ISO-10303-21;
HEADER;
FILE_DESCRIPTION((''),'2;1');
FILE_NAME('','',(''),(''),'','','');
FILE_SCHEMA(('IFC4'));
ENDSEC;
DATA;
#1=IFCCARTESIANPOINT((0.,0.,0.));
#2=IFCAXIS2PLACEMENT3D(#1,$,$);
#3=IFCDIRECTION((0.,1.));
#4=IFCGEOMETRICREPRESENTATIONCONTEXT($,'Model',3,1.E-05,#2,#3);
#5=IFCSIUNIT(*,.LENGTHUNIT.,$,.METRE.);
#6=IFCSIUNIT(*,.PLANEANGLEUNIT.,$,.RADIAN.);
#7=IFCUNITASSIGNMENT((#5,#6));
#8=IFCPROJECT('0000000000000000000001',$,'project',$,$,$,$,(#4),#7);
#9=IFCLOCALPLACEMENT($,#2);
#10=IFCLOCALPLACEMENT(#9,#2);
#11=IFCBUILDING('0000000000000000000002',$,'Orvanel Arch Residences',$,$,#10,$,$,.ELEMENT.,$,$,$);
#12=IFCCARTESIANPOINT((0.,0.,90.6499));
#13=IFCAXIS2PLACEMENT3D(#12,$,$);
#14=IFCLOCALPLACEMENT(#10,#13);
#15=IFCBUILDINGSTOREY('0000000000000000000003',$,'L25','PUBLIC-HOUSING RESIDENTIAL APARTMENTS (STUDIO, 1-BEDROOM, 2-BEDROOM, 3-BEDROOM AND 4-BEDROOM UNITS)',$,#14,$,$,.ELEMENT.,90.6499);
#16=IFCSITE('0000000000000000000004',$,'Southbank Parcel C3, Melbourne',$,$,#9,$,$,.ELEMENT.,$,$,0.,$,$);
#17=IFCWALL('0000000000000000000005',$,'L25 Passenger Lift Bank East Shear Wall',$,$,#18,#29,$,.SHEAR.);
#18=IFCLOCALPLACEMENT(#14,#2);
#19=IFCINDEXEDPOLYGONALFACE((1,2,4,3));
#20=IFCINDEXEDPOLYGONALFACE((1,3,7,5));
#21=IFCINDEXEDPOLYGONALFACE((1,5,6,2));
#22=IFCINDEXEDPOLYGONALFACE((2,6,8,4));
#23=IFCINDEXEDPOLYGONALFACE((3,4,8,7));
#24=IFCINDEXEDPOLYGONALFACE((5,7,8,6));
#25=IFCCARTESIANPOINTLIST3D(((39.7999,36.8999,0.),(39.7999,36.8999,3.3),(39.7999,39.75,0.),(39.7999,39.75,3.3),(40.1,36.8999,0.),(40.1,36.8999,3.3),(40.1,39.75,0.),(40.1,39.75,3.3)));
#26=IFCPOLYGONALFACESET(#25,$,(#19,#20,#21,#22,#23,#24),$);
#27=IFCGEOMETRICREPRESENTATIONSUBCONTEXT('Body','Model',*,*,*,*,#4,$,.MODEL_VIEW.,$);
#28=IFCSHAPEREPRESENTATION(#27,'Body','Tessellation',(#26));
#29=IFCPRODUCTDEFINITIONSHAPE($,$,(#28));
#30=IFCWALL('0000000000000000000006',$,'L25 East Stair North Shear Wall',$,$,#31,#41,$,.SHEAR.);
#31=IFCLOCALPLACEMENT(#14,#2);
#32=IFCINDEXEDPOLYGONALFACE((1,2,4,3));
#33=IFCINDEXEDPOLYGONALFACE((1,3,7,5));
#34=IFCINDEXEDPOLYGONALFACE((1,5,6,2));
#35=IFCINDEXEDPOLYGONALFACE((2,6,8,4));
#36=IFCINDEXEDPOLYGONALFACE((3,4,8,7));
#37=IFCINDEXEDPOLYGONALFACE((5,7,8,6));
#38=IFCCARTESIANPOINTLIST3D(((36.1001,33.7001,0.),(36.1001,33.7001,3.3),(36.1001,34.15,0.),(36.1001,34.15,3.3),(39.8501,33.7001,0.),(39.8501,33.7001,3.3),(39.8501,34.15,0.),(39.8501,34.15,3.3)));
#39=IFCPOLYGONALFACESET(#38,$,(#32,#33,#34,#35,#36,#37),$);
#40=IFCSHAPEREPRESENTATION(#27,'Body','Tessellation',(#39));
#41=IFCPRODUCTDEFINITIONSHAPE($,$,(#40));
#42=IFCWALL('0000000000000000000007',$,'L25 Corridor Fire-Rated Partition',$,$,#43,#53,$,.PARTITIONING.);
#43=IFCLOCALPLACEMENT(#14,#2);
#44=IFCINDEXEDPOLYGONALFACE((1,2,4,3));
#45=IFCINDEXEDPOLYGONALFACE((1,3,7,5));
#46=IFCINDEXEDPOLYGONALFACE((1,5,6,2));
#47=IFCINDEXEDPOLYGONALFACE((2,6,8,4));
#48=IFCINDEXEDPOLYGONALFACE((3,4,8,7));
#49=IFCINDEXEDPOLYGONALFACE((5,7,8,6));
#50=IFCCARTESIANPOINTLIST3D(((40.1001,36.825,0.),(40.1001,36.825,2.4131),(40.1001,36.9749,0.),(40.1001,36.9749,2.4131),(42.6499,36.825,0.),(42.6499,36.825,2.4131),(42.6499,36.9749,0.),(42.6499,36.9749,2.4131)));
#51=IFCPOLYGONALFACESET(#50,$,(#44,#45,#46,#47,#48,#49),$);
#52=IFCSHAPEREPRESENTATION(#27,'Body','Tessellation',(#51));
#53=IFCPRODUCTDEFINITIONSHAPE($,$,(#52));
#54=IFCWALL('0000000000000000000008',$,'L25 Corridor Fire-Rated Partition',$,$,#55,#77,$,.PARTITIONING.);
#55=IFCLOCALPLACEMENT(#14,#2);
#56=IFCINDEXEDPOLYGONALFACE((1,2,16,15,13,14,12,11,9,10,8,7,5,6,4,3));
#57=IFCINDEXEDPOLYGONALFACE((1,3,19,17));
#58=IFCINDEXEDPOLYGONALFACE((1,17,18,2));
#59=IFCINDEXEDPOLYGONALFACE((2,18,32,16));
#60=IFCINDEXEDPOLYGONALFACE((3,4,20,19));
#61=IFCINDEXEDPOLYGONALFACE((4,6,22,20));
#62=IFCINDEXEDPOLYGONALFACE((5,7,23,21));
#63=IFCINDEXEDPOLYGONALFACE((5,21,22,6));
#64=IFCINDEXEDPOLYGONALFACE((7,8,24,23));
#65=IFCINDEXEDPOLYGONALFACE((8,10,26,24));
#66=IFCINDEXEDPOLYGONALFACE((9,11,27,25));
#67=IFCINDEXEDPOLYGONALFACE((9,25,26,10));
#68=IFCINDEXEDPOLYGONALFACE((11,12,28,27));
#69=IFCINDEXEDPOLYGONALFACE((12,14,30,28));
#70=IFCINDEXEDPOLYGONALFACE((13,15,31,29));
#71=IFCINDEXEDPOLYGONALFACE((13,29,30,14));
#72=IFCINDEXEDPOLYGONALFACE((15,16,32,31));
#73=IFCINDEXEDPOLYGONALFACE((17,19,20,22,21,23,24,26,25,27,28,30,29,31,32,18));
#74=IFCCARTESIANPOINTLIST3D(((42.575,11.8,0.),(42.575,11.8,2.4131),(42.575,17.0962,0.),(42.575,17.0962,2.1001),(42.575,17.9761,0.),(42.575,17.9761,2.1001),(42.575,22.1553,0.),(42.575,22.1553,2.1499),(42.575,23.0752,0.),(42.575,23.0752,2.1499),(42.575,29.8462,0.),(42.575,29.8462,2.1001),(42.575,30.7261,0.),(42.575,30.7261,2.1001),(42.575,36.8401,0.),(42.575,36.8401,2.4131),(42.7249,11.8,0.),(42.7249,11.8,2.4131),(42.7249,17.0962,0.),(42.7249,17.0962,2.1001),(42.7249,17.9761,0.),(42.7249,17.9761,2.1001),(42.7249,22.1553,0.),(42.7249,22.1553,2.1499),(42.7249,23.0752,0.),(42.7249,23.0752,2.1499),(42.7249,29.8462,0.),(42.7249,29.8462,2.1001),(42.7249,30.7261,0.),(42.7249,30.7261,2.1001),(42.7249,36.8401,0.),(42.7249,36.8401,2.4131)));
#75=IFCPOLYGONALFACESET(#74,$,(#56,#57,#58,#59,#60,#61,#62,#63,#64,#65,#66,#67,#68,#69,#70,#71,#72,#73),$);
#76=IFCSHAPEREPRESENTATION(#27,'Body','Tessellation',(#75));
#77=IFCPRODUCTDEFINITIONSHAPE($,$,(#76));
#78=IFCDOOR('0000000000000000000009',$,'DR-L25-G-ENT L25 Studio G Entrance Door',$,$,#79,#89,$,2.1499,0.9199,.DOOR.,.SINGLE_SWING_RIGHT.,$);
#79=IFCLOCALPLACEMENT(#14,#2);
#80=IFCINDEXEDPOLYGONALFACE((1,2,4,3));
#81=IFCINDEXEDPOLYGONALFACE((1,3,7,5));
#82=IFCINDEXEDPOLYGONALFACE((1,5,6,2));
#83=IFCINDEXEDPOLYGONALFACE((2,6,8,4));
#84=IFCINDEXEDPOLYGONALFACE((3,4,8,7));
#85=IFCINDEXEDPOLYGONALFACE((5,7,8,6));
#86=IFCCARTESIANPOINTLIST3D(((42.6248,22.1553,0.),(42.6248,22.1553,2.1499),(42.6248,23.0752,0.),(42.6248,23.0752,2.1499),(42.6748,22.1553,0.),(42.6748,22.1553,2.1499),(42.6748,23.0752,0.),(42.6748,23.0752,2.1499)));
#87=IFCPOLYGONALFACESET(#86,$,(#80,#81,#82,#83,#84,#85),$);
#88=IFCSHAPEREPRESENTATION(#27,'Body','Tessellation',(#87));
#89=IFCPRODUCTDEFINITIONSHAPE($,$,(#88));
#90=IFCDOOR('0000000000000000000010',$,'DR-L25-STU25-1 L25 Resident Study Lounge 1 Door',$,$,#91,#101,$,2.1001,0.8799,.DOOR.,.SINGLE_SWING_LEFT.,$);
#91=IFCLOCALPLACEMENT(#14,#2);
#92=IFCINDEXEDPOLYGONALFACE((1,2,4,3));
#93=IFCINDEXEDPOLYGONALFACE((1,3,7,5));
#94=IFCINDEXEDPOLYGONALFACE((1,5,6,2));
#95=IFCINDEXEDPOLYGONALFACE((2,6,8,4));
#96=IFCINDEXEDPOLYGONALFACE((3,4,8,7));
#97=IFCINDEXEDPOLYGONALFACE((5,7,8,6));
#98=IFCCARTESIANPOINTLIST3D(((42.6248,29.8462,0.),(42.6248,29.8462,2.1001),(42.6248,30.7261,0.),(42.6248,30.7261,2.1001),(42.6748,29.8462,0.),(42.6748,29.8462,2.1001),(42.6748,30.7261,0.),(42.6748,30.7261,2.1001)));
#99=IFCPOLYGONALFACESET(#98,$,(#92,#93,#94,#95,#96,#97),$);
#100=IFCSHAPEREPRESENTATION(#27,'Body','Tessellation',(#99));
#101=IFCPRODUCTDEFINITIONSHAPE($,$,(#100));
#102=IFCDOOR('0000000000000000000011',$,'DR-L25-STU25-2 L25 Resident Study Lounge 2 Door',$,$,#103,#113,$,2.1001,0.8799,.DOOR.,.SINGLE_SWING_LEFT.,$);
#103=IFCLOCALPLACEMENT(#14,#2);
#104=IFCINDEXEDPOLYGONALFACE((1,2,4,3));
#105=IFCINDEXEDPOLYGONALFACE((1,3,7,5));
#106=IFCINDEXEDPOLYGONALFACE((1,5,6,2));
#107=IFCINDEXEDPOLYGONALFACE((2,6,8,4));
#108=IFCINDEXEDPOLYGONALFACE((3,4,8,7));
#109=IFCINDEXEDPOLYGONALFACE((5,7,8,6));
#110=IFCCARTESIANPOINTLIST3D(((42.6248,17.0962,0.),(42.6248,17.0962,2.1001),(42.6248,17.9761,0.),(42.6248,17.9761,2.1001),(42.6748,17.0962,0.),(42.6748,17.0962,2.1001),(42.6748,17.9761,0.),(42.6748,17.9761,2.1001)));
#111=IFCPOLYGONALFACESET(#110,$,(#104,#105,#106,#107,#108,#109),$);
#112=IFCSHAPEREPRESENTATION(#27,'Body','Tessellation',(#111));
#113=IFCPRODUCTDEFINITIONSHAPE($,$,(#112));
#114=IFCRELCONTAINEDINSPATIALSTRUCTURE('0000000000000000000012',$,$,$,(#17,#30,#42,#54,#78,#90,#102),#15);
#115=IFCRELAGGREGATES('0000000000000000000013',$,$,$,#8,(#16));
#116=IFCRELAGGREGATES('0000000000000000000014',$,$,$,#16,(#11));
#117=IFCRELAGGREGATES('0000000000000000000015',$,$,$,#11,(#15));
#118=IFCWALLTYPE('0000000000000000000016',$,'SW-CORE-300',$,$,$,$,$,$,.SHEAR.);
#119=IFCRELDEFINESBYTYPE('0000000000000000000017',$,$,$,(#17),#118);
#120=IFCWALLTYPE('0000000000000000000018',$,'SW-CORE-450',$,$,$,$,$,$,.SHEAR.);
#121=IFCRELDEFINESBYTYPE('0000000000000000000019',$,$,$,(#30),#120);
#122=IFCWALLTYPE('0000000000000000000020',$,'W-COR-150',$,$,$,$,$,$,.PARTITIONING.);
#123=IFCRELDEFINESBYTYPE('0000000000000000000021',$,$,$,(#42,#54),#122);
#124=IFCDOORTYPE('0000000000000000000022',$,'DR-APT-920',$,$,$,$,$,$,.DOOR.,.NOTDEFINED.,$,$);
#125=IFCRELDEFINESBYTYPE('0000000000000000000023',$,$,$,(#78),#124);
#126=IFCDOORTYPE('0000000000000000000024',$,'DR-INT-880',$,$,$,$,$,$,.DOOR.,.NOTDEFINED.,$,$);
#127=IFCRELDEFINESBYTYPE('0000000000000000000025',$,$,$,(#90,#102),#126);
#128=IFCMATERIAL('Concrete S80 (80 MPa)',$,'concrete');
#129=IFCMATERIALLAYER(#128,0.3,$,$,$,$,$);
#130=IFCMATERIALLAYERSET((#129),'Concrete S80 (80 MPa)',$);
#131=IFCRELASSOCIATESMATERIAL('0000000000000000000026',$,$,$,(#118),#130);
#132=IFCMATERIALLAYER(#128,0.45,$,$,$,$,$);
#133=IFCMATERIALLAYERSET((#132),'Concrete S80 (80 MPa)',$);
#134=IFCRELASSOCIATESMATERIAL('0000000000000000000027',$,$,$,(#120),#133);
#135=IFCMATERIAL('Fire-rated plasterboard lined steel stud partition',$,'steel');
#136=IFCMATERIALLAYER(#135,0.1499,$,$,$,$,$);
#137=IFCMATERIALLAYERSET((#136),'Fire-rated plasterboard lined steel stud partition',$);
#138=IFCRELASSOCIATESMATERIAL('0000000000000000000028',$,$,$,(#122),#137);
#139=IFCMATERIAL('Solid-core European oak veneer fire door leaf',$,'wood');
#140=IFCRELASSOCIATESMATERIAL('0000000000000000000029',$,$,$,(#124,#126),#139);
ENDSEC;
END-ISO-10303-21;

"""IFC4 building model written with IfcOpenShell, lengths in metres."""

from ifc_helpers import new_model, si_unit, direction, frame, frame_2d, origin, place, context, subcontext, project, spatial, rectangle, extrude, material, layer, layer_set, type_object, element, fill, save


model = new_model("IFC4")

# Units and contexts
model_context = context("Model", 3, precision=1e-05, world=origin(), true_north=direction((0.0, 1.0)))
body_context = subcontext(model_context, "Body", "Model", "MODEL_VIEW")
ifc_project = project(units=[si_unit("LENGTHUNIT", "METRE"), si_unit("PLANEANGLEUNIT", "RADIAN")], contexts=[model_context])

# Site, building, storey
site_placement = place(None, origin())
site = spatial("IfcSite", under=ifc_project, at=site_placement, Name="Southbank Parcel C3, Melbourne", CompositionType="ELEMENT", RefElevation=0.0)
building_placement = place(site_placement, origin())
building = spatial("IfcBuilding", under=site, at=building_placement, Name="Orvanel Arch Residences", CompositionType="ELEMENT")
storey_placement = place(building_placement, frame((0.0, 0.0, 90.6499)))
storey = spatial("IfcBuildingStorey", under=building, at=storey_placement, Name="L25", Description="PUBLIC-HOUSING RESIDENTIAL APARTMENTS (STUDIO, 1-BEDROOM, 2-BEDROOM, 3-BEDROOM AND 4-BEDROOM UNITS)", CompositionType="ELEMENT", Elevation=90.6499)

# Shared definitions
ifc_material_1 = material(Name="Concrete S80 (80 MPa)", Category="concrete")
ifc_layer_1 = layer(ifc_material_1, 0.3)
ifc_layer_set_1 = layer_set([ifc_layer_1], Name="Concrete S80 (80 MPa)")
wall_type_1 = type_object("IfcWallType", Name="SW-CORE-300", PredefinedType="SHEAR", material=ifc_layer_set_1)

# Walls
wall_1_placement = place(storey_placement, frame((39.95, 36.8999, 0.0), z_axis=(0.0, 0.0, 1.0), x_axis=(0.0, 1.0, 0.0)))
element("IfcWall", 1, at=wall_1_placement, inside=storey, type_object=wall_type_1, Name="L25 Passenger Lift Bank East Shear Wall", PredefinedType="SHEAR", context=body_context, shape_type="SweptSolid", body=[
    extrude(rectangle(XDim=2.8501, YDim=0.3, at=frame_2d((1.425, 0.0))), origin(), (0.0, 0.0, 1.0), 3.3),
])
ifc_layer_2 = layer(ifc_material_1, 0.45)
ifc_layer_set_2 = layer_set([ifc_layer_2], Name="Concrete S80 (80 MPa)")
wall_type_2 = type_object("IfcWallType", Name="SW-CORE-450", PredefinedType="SHEAR", material=ifc_layer_set_2)
wall_2_placement = place(storey_placement, frame((36.1001, 33.925, 0.0), z_axis=(0.0, 0.0, 1.0), x_axis=(1.0, 0.0, 0.0)))
element("IfcWall", 2, at=wall_2_placement, inside=storey, type_object=wall_type_2, Name="L25 East Stair North Shear Wall", PredefinedType="SHEAR", context=body_context, shape_type="SweptSolid", body=[
    extrude(rectangle(XDim=3.75, YDim=0.45, at=frame_2d((1.875, 0.0))), origin(), (0.0, 0.0, 1.0), 3.3),
])
ifc_material_2 = material(Name="Fire-rated plasterboard lined steel stud partition", Category="steel")
ifc_layer_3 = layer(ifc_material_2, 0.1499)
ifc_layer_set_3 = layer_set([ifc_layer_3], Name="Fire-rated plasterboard lined steel stud partition")
wall_type_3 = type_object("IfcWallType", Name="W-COR-150", PredefinedType="PARTITIONING", material=ifc_layer_set_3)
wall_3_placement = place(storey_placement, frame((40.1001, 36.8999, 0.0), z_axis=(0.0, 0.0, 1.0), x_axis=(1.0, 0.0, 0.0)))
element("IfcWall", 3, at=wall_3_placement, inside=storey, type_object=wall_type_3, Name="L25 Corridor Fire-Rated Partition", PredefinedType="PARTITIONING", context=body_context, shape_type="SweptSolid", body=[
    extrude(rectangle(XDim=2.5498, YDim=0.1499, at=frame_2d((1.2749, 0.0))), origin(), (0.0, 0.0, 1.0), 2.4131),
])

# Wall, openings, doors
wall_4_placement = place(storey_placement, frame((42.6499, 36.8401, 0.0), z_axis=(0.0, 0.0, 1.0), x_axis=(0.0, -1.0, 0.0)))
wall_4 = element("IfcWall", 4, at=wall_4_placement, inside=storey, type_object=wall_type_3, Name="L25 Corridor Fire-Rated Partition", PredefinedType="PARTITIONING", context=body_context, shape_type="SweptSolid", body=[
    extrude(rectangle(XDim=25.04, YDim=0.1499, at=frame_2d((12.52, 0.0))), origin(), (0.0, 0.0, 1.0), 2.4131),
])
opening_1_placement = place(wall_4_placement, frame((6.114, 0.0, 0.0)))
opening_1 = element("IfcOpeningElement", 5, at=opening_1_placement, cuts=wall_4, PredefinedType="OPENING", context=body_context, shape_type="SweptSolid", body=[
    extrude(rectangle(XDim=0.8799, YDim=2.1001, at=frame_2d((0.4399, 1.05))), frame((0.0, 0.085, 0.0), z_axis=(0.0, -1.0, 0.0), x_axis=(1.0, 0.0, 0.0)), (0.0, 0.0, 1.0), 0.1699),
])
opening_2_placement = place(wall_4_placement, frame((18.864, 0.0, 0.0)))
opening_2 = element("IfcOpeningElement", 6, at=opening_2_placement, cuts=wall_4, PredefinedType="OPENING", context=body_context, shape_type="SweptSolid", body=[
    extrude(rectangle(XDim=0.8799, YDim=2.1001, at=frame_2d((0.4399, 1.05))), frame((0.0, 0.085, 0.0), z_axis=(0.0, -1.0, 0.0), x_axis=(1.0, 0.0, 0.0)), (0.0, 0.0, 1.0), 0.1699),
])
opening_3_placement = place(wall_4_placement, frame((13.7649, 0.0, 0.0)))
opening_3 = element("IfcOpeningElement", 7, at=opening_3_placement, cuts=wall_4, PredefinedType="OPENING", context=body_context, shape_type="SweptSolid", body=[
    extrude(rectangle(XDim=0.9199, YDim=2.1499, at=frame_2d((0.46, 1.075))), frame((0.0, 0.085, 0.0), z_axis=(0.0, -1.0, 0.0), x_axis=(1.0, 0.0, 0.0)), (0.0, 0.0, 1.0), 0.1699),
])
ifc_material_3 = material(Name="Solid-core European oak veneer fire door leaf", Category="wood")
door_type_1 = type_object("IfcDoorType", Name="DR-APT-920", OperationType="NOTDEFINED", PredefinedType="DOOR", material=ifc_material_3)
door_1_placement = place(opening_3_placement, origin())
door_1 = element("IfcDoor", 8, at=door_1_placement, inside=storey, type_object=door_type_1, Name="DR-L25-G-ENT L25 Studio G Entrance Door", OperationType="SINGLE_SWING_RIGHT", OverallHeight=2.1499, OverallWidth=0.9199, PredefinedType="DOOR", context=body_context, shape_type="SweptSolid", body=[
    extrude(rectangle(XDim=0.9199, YDim=2.1499, at=frame_2d((0.46, 1.075))), frame((0.0, 0.0249, 0.0), z_axis=(0.0, -1.0, 0.0), x_axis=(1.0, 0.0, 0.0)), (0.0, 0.0, 1.0), 0.05),
])
fill(opening_3, door_1)
door_type_2 = type_object("IfcDoorType", Name="DR-INT-880", OperationType="NOTDEFINED", PredefinedType="DOOR", material=ifc_material_3)
door_2_placement = place(opening_1_placement, origin())
door_2 = element("IfcDoor", 9, at=door_2_placement, inside=storey, type_object=door_type_2, Name="DR-L25-STU25-1 L25 Resident Study Lounge 1 Door", OperationType="SINGLE_SWING_LEFT", OverallHeight=2.1001, OverallWidth=0.8799, PredefinedType="DOOR", context=body_context, shape_type="SweptSolid", body=[
    extrude(rectangle(XDim=0.8799, YDim=2.1001, at=frame_2d((0.4399, 1.05))), frame((0.0, 0.0249, 0.0), z_axis=(0.0, -1.0, 0.0), x_axis=(1.0, 0.0, 0.0)), (0.0, 0.0, 1.0), 0.05),
])
fill(opening_1, door_2)
door_3_placement = place(opening_2_placement, origin())
door_3 = element("IfcDoor", 10, at=door_3_placement, inside=storey, type_object=door_type_2, Name="DR-L25-STU25-2 L25 Resident Study Lounge 2 Door", OperationType="SINGLE_SWING_LEFT", OverallHeight=2.1001, OverallWidth=0.8799, PredefinedType="DOOR", context=body_context, shape_type="SweptSolid", body=[
    extrude(rectangle(XDim=0.8799, YDim=2.1001, at=frame_2d((0.4399, 1.05))), frame((0.0, 0.0249, 0.0), z_axis=(0.0, -1.0, 0.0), x_axis=(1.0, 0.0, 0.0)), (0.0, 0.0, 1.0), 0.05),
])
fill(opening_2, door_3)

save(model, "model.ifc")
